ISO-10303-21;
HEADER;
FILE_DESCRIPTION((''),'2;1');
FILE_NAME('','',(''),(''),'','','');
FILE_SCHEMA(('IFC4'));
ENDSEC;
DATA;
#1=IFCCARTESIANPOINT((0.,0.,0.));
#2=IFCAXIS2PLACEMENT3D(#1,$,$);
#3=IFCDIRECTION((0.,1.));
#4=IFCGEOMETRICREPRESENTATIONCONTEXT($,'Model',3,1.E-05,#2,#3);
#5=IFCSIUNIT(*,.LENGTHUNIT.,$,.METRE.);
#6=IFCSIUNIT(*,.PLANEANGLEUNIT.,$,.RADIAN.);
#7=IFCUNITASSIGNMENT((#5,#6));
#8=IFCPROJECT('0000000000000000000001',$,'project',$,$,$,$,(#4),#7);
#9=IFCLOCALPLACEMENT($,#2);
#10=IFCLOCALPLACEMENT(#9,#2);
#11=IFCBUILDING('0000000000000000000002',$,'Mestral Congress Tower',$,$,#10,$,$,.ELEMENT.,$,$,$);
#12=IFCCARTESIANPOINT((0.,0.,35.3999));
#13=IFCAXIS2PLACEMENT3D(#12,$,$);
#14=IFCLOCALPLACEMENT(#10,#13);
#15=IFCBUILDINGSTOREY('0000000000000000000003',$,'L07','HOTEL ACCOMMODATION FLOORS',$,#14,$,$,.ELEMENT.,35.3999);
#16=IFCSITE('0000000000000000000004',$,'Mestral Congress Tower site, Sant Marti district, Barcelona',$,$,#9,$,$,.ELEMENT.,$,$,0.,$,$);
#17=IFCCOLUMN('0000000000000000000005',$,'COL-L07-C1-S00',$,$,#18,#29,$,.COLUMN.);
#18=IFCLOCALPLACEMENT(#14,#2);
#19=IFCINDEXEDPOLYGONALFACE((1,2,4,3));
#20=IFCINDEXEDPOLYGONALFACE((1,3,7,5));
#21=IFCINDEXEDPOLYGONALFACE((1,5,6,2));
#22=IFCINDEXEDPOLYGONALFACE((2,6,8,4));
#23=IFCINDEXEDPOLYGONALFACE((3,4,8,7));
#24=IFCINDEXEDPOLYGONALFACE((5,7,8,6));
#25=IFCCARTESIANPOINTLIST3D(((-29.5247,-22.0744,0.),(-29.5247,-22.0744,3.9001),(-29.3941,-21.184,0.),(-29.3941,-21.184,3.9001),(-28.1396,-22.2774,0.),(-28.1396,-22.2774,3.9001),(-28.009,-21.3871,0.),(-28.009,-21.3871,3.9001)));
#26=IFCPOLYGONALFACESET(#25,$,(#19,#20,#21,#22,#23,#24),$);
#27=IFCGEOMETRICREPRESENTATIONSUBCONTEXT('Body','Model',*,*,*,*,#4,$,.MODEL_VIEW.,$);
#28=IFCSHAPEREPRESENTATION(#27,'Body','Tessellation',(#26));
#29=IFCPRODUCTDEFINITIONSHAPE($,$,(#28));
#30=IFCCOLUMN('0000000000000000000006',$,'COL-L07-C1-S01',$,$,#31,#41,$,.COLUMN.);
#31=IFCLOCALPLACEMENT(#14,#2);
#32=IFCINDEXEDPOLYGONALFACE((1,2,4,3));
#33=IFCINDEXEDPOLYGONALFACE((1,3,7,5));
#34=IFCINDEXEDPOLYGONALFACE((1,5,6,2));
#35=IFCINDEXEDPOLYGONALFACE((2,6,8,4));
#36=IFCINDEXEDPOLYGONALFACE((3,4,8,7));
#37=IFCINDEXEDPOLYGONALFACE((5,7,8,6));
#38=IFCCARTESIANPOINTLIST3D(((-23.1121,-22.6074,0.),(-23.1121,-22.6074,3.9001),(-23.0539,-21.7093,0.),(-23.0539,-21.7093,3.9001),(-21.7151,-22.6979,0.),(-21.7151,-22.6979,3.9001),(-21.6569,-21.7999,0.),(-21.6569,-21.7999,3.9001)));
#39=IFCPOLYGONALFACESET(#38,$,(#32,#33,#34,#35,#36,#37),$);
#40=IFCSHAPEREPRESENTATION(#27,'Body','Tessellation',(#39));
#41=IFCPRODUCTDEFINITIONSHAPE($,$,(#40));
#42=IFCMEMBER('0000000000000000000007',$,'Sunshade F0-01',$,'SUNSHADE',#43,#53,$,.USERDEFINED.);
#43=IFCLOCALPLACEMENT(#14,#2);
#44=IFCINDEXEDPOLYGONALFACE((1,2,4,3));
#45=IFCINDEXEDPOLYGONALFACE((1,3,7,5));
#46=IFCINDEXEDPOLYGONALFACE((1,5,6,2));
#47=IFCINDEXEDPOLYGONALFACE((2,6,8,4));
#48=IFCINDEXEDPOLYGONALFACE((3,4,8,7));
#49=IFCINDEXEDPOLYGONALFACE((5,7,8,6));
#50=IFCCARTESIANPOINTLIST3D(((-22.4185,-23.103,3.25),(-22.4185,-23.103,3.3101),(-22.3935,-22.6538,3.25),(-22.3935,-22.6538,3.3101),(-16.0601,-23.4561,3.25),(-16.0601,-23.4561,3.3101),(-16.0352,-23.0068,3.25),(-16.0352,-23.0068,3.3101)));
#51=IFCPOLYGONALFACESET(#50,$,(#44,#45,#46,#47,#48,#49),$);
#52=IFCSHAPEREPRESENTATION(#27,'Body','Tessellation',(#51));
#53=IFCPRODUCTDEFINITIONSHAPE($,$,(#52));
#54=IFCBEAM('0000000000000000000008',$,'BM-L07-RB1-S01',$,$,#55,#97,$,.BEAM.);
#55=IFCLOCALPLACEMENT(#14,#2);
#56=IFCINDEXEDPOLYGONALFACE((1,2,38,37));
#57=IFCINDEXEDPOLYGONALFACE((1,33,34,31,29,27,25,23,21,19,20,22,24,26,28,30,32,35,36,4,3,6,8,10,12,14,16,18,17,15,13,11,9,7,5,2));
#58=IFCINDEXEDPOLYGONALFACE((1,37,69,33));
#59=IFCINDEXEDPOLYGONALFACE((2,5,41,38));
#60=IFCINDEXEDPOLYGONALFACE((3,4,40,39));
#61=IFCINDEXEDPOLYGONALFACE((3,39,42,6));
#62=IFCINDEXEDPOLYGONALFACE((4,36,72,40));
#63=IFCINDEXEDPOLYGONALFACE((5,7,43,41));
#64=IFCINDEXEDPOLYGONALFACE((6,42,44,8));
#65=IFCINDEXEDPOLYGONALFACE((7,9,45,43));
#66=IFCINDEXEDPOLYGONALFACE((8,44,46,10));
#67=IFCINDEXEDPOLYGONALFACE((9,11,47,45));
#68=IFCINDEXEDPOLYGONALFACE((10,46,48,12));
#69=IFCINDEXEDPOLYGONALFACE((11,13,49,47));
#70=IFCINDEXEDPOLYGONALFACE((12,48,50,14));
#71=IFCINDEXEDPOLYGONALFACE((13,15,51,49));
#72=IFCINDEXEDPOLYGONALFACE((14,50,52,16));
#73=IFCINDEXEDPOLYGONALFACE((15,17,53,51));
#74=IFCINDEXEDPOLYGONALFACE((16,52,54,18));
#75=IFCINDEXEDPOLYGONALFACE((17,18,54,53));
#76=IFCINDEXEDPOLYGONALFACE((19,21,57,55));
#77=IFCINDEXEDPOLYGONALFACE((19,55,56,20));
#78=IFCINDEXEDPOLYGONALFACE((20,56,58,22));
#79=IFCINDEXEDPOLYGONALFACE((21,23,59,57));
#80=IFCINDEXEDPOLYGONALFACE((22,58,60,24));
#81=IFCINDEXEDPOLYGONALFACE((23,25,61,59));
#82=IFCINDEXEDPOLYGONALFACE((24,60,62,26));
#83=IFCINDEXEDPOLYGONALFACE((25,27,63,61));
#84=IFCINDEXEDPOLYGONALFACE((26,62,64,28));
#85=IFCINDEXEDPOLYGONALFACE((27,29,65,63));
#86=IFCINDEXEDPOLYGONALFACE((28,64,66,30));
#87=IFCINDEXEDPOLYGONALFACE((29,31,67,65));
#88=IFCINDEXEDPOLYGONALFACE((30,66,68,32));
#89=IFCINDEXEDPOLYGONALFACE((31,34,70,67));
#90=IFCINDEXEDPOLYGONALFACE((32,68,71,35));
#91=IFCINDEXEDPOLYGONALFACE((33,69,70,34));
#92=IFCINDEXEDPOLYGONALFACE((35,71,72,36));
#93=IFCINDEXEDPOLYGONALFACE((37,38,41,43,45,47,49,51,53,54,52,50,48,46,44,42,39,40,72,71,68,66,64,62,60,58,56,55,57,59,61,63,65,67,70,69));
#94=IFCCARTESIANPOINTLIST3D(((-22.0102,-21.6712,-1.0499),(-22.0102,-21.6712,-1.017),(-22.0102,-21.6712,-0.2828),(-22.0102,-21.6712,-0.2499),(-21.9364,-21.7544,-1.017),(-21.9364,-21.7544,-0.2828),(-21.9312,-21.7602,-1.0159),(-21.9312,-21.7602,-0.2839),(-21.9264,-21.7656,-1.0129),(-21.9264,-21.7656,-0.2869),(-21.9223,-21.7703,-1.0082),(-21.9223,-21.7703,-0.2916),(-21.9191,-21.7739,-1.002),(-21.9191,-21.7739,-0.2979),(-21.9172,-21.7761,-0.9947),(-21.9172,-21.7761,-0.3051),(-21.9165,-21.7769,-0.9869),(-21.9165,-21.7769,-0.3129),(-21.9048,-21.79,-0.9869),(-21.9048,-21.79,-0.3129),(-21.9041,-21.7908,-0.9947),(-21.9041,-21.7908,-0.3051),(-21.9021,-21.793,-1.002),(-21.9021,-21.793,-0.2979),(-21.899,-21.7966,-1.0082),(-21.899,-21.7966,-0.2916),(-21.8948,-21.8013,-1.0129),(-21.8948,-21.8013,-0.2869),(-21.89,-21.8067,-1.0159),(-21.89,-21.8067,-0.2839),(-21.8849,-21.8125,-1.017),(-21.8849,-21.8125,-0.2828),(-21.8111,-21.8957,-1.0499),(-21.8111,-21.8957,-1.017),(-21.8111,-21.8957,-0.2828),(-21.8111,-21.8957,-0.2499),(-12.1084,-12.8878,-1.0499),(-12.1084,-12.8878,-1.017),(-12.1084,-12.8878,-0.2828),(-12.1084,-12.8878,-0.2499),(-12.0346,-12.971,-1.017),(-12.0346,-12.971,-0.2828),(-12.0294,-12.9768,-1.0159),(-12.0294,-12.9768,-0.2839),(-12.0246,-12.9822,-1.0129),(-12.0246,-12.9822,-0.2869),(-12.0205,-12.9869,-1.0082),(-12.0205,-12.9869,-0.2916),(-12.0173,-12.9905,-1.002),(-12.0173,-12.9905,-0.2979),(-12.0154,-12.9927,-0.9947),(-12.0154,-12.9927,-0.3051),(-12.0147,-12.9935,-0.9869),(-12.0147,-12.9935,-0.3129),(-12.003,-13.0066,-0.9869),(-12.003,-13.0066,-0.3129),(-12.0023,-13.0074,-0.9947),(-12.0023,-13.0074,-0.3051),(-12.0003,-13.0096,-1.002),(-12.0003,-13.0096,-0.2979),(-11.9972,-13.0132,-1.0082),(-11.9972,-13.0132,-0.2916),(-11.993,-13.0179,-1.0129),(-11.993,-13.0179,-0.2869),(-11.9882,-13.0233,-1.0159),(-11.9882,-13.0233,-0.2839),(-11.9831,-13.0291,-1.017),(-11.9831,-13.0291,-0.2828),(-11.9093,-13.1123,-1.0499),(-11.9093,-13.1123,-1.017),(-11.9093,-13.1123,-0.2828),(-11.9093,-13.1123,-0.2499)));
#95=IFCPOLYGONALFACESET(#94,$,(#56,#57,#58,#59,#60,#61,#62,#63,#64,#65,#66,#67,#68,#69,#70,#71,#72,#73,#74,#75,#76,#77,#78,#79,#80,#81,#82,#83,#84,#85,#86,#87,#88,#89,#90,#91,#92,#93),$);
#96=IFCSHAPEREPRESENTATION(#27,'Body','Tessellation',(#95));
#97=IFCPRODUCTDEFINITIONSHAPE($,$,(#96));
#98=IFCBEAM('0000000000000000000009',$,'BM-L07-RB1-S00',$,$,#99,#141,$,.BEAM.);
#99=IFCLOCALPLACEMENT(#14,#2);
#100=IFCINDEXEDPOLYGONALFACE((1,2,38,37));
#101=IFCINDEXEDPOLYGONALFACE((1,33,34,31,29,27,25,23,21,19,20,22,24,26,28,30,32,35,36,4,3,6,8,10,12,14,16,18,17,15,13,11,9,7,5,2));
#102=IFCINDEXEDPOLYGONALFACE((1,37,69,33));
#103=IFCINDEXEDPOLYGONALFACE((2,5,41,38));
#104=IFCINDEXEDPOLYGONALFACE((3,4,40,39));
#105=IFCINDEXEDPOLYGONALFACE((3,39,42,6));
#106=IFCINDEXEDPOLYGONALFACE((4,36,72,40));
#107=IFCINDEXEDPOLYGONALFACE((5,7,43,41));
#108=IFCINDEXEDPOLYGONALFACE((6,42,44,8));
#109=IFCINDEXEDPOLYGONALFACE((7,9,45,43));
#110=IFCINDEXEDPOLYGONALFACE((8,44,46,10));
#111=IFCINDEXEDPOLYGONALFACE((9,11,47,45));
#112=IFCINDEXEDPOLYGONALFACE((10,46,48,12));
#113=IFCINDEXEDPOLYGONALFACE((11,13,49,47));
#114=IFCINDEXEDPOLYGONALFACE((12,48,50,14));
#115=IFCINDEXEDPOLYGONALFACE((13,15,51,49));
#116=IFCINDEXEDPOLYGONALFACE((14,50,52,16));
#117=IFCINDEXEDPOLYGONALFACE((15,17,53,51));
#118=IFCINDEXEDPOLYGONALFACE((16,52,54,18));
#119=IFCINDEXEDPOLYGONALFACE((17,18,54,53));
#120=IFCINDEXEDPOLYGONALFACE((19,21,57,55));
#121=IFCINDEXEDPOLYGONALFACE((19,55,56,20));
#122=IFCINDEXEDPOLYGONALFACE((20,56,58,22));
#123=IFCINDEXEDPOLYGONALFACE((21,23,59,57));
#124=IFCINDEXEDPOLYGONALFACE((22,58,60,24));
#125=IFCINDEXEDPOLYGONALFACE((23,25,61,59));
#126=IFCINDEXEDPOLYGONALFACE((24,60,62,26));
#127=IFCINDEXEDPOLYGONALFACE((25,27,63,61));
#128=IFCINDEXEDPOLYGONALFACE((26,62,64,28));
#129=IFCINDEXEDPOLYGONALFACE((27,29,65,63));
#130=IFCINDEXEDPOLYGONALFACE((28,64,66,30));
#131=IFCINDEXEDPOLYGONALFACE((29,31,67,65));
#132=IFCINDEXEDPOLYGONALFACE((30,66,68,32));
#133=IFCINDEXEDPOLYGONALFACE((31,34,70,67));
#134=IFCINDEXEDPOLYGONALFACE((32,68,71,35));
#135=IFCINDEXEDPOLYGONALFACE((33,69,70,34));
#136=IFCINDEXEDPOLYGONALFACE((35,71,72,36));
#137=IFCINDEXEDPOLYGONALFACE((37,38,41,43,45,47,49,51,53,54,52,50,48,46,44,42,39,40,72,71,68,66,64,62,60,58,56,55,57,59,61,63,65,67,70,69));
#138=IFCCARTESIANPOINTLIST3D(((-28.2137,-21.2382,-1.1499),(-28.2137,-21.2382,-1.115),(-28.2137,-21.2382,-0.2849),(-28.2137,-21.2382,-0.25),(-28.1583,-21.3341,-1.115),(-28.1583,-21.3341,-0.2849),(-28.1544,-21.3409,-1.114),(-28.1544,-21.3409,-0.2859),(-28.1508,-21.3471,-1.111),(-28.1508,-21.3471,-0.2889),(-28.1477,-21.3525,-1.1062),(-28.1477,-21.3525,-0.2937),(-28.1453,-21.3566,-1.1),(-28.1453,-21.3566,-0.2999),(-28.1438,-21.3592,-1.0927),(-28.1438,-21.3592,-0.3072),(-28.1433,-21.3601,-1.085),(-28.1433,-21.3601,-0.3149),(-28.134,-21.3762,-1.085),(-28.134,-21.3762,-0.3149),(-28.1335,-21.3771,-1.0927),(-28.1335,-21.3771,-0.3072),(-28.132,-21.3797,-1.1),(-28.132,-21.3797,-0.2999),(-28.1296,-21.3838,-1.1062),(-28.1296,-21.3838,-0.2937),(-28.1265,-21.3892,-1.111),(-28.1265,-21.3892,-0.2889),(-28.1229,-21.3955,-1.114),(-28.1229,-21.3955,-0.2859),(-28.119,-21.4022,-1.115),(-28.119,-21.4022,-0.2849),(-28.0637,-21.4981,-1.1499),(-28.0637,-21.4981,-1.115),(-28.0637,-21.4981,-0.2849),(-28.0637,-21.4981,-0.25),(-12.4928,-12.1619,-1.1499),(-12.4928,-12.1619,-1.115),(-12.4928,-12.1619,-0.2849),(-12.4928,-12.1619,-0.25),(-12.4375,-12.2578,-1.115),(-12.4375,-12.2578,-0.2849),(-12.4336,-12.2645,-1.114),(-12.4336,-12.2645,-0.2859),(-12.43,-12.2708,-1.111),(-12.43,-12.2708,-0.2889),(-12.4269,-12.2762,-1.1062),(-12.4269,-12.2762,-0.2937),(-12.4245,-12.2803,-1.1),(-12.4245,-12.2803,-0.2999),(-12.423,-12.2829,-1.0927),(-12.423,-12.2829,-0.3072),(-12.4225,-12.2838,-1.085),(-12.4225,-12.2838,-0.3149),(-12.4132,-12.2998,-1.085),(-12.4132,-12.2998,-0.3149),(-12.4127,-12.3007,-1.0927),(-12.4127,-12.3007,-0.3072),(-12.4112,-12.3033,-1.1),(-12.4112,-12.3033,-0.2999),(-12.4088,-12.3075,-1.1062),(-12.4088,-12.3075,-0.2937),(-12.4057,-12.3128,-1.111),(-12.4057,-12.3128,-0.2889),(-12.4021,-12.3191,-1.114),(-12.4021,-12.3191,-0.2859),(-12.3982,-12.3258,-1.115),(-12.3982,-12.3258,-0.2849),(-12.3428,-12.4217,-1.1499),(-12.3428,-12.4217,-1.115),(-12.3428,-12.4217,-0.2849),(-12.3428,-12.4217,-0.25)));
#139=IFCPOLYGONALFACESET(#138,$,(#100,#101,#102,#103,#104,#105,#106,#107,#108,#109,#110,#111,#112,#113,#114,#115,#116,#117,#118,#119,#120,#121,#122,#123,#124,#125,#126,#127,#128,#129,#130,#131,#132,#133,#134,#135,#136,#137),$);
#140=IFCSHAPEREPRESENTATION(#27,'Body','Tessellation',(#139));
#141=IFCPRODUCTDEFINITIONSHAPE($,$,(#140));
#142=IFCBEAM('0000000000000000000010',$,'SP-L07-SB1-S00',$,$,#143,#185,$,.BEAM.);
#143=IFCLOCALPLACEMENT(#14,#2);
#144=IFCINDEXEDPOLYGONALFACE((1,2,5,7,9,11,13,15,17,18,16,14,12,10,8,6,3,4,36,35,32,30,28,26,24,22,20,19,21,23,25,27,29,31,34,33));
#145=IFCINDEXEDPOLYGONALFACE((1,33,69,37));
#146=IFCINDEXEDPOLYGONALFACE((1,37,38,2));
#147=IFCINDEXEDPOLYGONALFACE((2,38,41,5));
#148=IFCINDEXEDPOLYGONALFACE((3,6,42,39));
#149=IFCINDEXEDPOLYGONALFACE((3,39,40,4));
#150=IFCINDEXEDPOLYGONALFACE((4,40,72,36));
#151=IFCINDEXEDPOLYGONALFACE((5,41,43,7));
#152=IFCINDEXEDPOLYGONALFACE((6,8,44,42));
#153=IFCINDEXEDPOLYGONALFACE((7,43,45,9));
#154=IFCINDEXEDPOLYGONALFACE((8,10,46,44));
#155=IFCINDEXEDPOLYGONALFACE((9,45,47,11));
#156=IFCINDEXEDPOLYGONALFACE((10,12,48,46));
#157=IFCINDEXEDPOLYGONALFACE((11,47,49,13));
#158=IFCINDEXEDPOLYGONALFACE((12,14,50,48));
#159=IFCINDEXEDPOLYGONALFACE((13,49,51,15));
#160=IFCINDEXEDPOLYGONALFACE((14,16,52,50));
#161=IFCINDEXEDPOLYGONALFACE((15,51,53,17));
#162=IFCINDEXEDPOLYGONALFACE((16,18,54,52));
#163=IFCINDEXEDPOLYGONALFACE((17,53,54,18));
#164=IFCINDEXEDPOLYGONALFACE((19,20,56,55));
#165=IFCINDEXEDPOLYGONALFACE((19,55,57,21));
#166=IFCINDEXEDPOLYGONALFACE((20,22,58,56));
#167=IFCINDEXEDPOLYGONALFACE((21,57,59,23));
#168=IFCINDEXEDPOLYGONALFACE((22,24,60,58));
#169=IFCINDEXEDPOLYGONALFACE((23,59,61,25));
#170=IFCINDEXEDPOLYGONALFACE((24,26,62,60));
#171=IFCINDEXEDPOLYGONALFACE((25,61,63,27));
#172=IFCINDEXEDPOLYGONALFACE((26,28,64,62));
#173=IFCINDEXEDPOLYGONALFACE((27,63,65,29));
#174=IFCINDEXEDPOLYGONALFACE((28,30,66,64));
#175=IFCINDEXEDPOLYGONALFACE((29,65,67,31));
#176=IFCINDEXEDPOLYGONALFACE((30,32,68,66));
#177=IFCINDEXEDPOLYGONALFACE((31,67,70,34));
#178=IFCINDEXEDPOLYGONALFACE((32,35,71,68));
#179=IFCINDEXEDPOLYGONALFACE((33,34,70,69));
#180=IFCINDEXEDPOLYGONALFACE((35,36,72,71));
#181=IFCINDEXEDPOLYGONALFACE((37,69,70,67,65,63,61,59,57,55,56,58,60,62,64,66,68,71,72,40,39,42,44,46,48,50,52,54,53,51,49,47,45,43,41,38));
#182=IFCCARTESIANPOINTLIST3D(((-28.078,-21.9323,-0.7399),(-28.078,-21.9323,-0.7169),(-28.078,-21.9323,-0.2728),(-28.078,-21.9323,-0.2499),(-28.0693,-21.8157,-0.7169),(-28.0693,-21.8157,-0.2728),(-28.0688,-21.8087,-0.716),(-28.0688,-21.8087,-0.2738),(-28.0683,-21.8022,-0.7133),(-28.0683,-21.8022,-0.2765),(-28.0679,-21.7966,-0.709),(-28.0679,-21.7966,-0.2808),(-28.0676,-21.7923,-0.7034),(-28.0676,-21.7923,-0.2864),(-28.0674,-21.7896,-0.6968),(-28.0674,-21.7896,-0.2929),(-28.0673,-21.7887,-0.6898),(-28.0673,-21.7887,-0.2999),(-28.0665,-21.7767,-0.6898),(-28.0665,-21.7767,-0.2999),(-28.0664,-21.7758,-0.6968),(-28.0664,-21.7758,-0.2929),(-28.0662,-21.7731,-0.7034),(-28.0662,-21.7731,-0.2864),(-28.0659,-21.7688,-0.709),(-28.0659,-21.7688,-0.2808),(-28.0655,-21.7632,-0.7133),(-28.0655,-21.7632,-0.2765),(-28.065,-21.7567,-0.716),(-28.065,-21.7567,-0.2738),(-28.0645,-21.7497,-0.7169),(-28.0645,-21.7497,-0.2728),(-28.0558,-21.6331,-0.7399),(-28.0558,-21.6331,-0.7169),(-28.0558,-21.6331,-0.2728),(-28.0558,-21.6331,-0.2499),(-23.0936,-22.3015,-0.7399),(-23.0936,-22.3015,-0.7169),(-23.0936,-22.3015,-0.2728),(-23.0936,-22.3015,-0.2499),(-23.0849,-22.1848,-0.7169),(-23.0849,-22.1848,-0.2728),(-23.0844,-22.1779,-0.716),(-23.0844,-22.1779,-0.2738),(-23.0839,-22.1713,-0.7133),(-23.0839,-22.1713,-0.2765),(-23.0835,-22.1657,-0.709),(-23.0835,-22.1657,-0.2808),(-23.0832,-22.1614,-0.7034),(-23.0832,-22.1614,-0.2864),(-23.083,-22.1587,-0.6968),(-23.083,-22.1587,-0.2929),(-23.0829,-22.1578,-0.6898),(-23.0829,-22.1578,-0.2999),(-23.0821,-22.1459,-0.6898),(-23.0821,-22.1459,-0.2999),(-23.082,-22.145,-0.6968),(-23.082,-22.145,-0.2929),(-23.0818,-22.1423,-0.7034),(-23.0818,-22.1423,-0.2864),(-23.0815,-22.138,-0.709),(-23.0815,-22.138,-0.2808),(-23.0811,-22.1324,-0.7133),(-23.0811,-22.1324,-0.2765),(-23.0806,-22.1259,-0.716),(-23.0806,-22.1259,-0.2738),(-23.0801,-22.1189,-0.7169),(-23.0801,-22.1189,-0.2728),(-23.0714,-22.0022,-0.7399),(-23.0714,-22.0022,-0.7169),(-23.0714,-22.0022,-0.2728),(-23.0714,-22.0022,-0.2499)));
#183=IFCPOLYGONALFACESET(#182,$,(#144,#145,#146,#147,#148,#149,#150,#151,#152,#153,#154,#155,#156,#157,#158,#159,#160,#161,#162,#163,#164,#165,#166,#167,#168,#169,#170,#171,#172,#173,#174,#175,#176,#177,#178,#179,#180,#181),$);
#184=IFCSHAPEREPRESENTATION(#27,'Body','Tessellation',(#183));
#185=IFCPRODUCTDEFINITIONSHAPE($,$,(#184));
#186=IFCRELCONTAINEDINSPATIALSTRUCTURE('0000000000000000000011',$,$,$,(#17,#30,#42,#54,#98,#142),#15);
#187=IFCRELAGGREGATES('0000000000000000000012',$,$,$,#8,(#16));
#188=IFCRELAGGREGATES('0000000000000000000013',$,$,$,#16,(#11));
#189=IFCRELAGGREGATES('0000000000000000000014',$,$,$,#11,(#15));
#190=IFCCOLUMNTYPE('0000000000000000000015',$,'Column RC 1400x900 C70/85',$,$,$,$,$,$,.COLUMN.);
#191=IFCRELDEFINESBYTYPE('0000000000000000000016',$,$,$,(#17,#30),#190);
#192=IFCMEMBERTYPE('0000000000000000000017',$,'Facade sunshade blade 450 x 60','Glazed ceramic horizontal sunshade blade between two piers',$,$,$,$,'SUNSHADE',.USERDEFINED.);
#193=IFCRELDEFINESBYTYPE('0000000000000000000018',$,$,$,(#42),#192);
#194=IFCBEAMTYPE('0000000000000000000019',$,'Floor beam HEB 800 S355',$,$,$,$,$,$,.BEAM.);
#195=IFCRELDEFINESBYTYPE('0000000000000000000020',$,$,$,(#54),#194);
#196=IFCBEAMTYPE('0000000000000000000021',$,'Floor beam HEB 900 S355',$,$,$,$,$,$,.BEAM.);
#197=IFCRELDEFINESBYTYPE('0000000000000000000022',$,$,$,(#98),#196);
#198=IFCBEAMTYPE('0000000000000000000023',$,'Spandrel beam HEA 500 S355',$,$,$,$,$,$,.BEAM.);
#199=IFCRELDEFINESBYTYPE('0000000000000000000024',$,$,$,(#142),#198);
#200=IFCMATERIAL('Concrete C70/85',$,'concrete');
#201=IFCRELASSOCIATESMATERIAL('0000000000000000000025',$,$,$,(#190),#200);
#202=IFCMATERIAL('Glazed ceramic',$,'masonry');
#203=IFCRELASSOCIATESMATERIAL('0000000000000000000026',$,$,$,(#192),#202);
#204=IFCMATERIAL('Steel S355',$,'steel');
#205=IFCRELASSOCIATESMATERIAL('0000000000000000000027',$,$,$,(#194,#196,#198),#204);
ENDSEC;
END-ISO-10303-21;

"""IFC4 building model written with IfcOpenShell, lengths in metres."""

from ifc_helpers import new_model, si_unit, direction, frame, origin, origin_2d, place, context, subcontext, project, spatial, rectangle, i_section, extrude, material, material_profile, profile_set, type_object, element, save


model = new_model("IFC4")

# Units and contexts
model_context = context("Model", 3, precision=1e-05, world=origin(), true_north=direction((0.0, 1.0)))
body_context = subcontext(model_context, "Body", "Model", "MODEL_VIEW")
ifc_project = project(units=[si_unit("LENGTHUNIT", "METRE"), si_unit("PLANEANGLEUNIT", "RADIAN")], contexts=[model_context])

# Site, building, storey
site_placement = place(None, origin())
site = spatial("IfcSite", under=ifc_project, at=site_placement, Name="Mestral Congress Tower site, Sant Marti district, Barcelona", CompositionType="ELEMENT", RefElevation=0.0)
building_placement = place(site_placement, origin())
building = spatial("IfcBuilding", under=site, at=building_placement, Name="Mestral Congress Tower", CompositionType="ELEMENT")
storey_placement = place(building_placement, frame((0.0, 0.0, 35.3999)))
storey = spatial("IfcBuildingStorey", under=building, at=storey_placement, Name="L07", Description="HOTEL ACCOMMODATION FLOORS", CompositionType="ELEMENT", Elevation=35.3999)

# Columns
ifc_material_1 = material(Name="Concrete C70/85", Category="concrete")
ifc_material_profile_1 = material_profile(ifc_material_1, rectangle(XDim=1.3999, YDim=0.8999, at=origin_2d()), Name="RC 1400x900")
ifc_profile_set_1 = profile_set([ifc_material_profile_1], Name="Concrete C70/85")
column_type = type_object("IfcColumnType", Name="Column RC 1400x900 C70/85", PredefinedType="COLUMN", material=ifc_profile_set_1)
for number, where, z_axis, x_axis, name in (
    (1, (-28.7668, -21.7307, 0.0), (0.0, 0.0, 1.0), (0.989424, -0.145056, 0.0), "COL-L07-C1-S00"),
    (2, (-22.3845, -22.2036, 0.0), (0.0, 0.0, 1.0), (0.997908, -0.064658, 0.0), "COL-L07-C1-S01"),
):
    element("IfcColumn", number, at=place(storey_placement, frame(where, z_axis=z_axis, x_axis=x_axis)), inside=storey, type_object=column_type, Name=name, PredefinedType="COLUMN", context=body_context, shape_type="SweptSolid", body=[
        extrude(rectangle(XDim=1.3999, YDim=0.8999, at=origin_2d()), origin(), (0.0, 0.0, 1.0), 3.9001),
    ])

# Member
ifc_material_2 = material(Name="Glazed ceramic", Category="masonry")
ifc_material_profile_2 = material_profile(ifc_material_2, rectangle(XDim=0.45, YDim=0.0601, at=origin_2d()), Name="Ceramic blade 450 x 60")
ifc_profile_set_2 = profile_set([ifc_material_profile_2], Name="Glazed ceramic")
member_type = type_object("IfcMemberType", Name="Facade sunshade blade 450 x 60", Description="Glazed ceramic horizontal sunshade blade between two piers", ElementType="SUNSHADE", PredefinedType="USERDEFINED", material=ifc_profile_set_2)
member_placement = place(storey_placement, frame((-22.406, -22.8784, 3.28), z_axis=(0.998462, -0.055436, 0.0), x_axis=(0.055436, 0.998462, 0.0)))
element("IfcMember", 3, at=member_placement, inside=storey, type_object=member_type, Name="Sunshade F0-01", ObjectType="SUNSHADE", PredefinedType="USERDEFINED", context=body_context, shape_type="SweptSolid", body=[
    extrude(rectangle(XDim=0.45, YDim=0.0601, at=origin_2d()), origin(), (0.0, 0.0, 1.0), 6.3682),
])

# Beams
ifc_material_3 = material(Name="Steel S355", Category="steel")
ifc_material_profile_3 = material_profile(ifc_material_3, i_section(OverallWidth=0.3, OverallDepth=0.8, WebThickness=0.0176, FlangeThickness=0.033, FilletRadius=0.03, at=origin_2d()), Name="HEB 800")
ifc_profile_set_3 = profile_set([ifc_material_profile_3], Name="Steel S355")
beam_type_1 = type_object("IfcBeamType", Name="Floor beam HEB 800 S355", PredefinedType="BEAM", material=ifc_profile_set_3)
beam_1_placement = place(storey_placement, frame((-21.9106, -21.7834, -0.6499), z_axis=(0.748092, 0.663595, 0.0), x_axis=(-0.663595, 0.748092, 0.0)))
element("IfcBeam", 4, at=beam_1_placement, inside=storey, type_object=beam_type_1, Name="BM-L07-RB1-S01", PredefinedType="BEAM", context=body_context, shape_type="SweptSolid", body=[
    extrude(i_section(OverallWidth=0.3, OverallDepth=0.8, WebThickness=0.0176, FlangeThickness=0.033, FilletRadius=0.03, at=origin_2d()), origin(), (0.0, 0.0, 1.0), 13.2361),
])
ifc_material_profile_4 = material_profile(ifc_material_3, i_section(OverallWidth=0.3, OverallDepth=0.8999, WebThickness=0.0186, FlangeThickness=0.0349, FilletRadius=0.03, at=origin_2d()), Name="HEB 900")
ifc_profile_set_4 = profile_set([ifc_material_profile_4], Name="Steel S355")
beam_type_2 = type_object("IfcBeamType", Name="Floor beam HEB 900 S355", PredefinedType="BEAM", material=ifc_profile_set_4)
beam_2_placement = place(storey_placement, frame((-28.1387, -21.3682, -0.7), z_axis=(0.866027, 0.499997, 0.0), x_axis=(-0.499997, 0.866027, 0.0)))
element("IfcBeam", 5, at=beam_2_placement, inside=storey, type_object=beam_type_2, Name="BM-L07-RB1-S00", PredefinedType="BEAM", context=body_context, shape_type="SweptSolid", body=[
    extrude(i_section(OverallWidth=0.3, OverallDepth=0.8999, WebThickness=0.0186, FlangeThickness=0.0349, FilletRadius=0.03, at=origin_2d()), origin(), (0.0, 0.0, 1.0), 18.1528),
])
ifc_material_profile_5 = material_profile(ifc_material_3, i_section(OverallWidth=0.3, OverallDepth=0.49, WebThickness=0.012, FlangeThickness=0.0229, FilletRadius=0.0271, at=origin_2d()), Name="HEA 500")
ifc_profile_set_5 = profile_set([ifc_material_profile_5], Name="Steel S355")
beam_type_3 = type_object("IfcBeamType", Name="Spandrel beam HEA 500 S355", PredefinedType="BEAM", material=ifc_profile_set_5)
beam_3_placement = place(storey_placement, frame((-28.0669, -21.7827, -0.4949), z_axis=(0.997269, -0.073857, 0.0), x_axis=(0.073857, 0.997269, 0.0)))
element("IfcBeam", 6, at=beam_3_placement, inside=storey, type_object=beam_type_3, Name="SP-L07-SB1-S00", PredefinedType="BEAM", context=body_context, shape_type="SweptSolid", body=[
    extrude(i_section(OverallWidth=0.3, OverallDepth=0.49, WebThickness=0.012, FlangeThickness=0.0229, FilletRadius=0.0271, at=origin_2d()), origin(), (0.0, 0.0, 1.0), 4.998),
])

save(model, "model.ifc")
